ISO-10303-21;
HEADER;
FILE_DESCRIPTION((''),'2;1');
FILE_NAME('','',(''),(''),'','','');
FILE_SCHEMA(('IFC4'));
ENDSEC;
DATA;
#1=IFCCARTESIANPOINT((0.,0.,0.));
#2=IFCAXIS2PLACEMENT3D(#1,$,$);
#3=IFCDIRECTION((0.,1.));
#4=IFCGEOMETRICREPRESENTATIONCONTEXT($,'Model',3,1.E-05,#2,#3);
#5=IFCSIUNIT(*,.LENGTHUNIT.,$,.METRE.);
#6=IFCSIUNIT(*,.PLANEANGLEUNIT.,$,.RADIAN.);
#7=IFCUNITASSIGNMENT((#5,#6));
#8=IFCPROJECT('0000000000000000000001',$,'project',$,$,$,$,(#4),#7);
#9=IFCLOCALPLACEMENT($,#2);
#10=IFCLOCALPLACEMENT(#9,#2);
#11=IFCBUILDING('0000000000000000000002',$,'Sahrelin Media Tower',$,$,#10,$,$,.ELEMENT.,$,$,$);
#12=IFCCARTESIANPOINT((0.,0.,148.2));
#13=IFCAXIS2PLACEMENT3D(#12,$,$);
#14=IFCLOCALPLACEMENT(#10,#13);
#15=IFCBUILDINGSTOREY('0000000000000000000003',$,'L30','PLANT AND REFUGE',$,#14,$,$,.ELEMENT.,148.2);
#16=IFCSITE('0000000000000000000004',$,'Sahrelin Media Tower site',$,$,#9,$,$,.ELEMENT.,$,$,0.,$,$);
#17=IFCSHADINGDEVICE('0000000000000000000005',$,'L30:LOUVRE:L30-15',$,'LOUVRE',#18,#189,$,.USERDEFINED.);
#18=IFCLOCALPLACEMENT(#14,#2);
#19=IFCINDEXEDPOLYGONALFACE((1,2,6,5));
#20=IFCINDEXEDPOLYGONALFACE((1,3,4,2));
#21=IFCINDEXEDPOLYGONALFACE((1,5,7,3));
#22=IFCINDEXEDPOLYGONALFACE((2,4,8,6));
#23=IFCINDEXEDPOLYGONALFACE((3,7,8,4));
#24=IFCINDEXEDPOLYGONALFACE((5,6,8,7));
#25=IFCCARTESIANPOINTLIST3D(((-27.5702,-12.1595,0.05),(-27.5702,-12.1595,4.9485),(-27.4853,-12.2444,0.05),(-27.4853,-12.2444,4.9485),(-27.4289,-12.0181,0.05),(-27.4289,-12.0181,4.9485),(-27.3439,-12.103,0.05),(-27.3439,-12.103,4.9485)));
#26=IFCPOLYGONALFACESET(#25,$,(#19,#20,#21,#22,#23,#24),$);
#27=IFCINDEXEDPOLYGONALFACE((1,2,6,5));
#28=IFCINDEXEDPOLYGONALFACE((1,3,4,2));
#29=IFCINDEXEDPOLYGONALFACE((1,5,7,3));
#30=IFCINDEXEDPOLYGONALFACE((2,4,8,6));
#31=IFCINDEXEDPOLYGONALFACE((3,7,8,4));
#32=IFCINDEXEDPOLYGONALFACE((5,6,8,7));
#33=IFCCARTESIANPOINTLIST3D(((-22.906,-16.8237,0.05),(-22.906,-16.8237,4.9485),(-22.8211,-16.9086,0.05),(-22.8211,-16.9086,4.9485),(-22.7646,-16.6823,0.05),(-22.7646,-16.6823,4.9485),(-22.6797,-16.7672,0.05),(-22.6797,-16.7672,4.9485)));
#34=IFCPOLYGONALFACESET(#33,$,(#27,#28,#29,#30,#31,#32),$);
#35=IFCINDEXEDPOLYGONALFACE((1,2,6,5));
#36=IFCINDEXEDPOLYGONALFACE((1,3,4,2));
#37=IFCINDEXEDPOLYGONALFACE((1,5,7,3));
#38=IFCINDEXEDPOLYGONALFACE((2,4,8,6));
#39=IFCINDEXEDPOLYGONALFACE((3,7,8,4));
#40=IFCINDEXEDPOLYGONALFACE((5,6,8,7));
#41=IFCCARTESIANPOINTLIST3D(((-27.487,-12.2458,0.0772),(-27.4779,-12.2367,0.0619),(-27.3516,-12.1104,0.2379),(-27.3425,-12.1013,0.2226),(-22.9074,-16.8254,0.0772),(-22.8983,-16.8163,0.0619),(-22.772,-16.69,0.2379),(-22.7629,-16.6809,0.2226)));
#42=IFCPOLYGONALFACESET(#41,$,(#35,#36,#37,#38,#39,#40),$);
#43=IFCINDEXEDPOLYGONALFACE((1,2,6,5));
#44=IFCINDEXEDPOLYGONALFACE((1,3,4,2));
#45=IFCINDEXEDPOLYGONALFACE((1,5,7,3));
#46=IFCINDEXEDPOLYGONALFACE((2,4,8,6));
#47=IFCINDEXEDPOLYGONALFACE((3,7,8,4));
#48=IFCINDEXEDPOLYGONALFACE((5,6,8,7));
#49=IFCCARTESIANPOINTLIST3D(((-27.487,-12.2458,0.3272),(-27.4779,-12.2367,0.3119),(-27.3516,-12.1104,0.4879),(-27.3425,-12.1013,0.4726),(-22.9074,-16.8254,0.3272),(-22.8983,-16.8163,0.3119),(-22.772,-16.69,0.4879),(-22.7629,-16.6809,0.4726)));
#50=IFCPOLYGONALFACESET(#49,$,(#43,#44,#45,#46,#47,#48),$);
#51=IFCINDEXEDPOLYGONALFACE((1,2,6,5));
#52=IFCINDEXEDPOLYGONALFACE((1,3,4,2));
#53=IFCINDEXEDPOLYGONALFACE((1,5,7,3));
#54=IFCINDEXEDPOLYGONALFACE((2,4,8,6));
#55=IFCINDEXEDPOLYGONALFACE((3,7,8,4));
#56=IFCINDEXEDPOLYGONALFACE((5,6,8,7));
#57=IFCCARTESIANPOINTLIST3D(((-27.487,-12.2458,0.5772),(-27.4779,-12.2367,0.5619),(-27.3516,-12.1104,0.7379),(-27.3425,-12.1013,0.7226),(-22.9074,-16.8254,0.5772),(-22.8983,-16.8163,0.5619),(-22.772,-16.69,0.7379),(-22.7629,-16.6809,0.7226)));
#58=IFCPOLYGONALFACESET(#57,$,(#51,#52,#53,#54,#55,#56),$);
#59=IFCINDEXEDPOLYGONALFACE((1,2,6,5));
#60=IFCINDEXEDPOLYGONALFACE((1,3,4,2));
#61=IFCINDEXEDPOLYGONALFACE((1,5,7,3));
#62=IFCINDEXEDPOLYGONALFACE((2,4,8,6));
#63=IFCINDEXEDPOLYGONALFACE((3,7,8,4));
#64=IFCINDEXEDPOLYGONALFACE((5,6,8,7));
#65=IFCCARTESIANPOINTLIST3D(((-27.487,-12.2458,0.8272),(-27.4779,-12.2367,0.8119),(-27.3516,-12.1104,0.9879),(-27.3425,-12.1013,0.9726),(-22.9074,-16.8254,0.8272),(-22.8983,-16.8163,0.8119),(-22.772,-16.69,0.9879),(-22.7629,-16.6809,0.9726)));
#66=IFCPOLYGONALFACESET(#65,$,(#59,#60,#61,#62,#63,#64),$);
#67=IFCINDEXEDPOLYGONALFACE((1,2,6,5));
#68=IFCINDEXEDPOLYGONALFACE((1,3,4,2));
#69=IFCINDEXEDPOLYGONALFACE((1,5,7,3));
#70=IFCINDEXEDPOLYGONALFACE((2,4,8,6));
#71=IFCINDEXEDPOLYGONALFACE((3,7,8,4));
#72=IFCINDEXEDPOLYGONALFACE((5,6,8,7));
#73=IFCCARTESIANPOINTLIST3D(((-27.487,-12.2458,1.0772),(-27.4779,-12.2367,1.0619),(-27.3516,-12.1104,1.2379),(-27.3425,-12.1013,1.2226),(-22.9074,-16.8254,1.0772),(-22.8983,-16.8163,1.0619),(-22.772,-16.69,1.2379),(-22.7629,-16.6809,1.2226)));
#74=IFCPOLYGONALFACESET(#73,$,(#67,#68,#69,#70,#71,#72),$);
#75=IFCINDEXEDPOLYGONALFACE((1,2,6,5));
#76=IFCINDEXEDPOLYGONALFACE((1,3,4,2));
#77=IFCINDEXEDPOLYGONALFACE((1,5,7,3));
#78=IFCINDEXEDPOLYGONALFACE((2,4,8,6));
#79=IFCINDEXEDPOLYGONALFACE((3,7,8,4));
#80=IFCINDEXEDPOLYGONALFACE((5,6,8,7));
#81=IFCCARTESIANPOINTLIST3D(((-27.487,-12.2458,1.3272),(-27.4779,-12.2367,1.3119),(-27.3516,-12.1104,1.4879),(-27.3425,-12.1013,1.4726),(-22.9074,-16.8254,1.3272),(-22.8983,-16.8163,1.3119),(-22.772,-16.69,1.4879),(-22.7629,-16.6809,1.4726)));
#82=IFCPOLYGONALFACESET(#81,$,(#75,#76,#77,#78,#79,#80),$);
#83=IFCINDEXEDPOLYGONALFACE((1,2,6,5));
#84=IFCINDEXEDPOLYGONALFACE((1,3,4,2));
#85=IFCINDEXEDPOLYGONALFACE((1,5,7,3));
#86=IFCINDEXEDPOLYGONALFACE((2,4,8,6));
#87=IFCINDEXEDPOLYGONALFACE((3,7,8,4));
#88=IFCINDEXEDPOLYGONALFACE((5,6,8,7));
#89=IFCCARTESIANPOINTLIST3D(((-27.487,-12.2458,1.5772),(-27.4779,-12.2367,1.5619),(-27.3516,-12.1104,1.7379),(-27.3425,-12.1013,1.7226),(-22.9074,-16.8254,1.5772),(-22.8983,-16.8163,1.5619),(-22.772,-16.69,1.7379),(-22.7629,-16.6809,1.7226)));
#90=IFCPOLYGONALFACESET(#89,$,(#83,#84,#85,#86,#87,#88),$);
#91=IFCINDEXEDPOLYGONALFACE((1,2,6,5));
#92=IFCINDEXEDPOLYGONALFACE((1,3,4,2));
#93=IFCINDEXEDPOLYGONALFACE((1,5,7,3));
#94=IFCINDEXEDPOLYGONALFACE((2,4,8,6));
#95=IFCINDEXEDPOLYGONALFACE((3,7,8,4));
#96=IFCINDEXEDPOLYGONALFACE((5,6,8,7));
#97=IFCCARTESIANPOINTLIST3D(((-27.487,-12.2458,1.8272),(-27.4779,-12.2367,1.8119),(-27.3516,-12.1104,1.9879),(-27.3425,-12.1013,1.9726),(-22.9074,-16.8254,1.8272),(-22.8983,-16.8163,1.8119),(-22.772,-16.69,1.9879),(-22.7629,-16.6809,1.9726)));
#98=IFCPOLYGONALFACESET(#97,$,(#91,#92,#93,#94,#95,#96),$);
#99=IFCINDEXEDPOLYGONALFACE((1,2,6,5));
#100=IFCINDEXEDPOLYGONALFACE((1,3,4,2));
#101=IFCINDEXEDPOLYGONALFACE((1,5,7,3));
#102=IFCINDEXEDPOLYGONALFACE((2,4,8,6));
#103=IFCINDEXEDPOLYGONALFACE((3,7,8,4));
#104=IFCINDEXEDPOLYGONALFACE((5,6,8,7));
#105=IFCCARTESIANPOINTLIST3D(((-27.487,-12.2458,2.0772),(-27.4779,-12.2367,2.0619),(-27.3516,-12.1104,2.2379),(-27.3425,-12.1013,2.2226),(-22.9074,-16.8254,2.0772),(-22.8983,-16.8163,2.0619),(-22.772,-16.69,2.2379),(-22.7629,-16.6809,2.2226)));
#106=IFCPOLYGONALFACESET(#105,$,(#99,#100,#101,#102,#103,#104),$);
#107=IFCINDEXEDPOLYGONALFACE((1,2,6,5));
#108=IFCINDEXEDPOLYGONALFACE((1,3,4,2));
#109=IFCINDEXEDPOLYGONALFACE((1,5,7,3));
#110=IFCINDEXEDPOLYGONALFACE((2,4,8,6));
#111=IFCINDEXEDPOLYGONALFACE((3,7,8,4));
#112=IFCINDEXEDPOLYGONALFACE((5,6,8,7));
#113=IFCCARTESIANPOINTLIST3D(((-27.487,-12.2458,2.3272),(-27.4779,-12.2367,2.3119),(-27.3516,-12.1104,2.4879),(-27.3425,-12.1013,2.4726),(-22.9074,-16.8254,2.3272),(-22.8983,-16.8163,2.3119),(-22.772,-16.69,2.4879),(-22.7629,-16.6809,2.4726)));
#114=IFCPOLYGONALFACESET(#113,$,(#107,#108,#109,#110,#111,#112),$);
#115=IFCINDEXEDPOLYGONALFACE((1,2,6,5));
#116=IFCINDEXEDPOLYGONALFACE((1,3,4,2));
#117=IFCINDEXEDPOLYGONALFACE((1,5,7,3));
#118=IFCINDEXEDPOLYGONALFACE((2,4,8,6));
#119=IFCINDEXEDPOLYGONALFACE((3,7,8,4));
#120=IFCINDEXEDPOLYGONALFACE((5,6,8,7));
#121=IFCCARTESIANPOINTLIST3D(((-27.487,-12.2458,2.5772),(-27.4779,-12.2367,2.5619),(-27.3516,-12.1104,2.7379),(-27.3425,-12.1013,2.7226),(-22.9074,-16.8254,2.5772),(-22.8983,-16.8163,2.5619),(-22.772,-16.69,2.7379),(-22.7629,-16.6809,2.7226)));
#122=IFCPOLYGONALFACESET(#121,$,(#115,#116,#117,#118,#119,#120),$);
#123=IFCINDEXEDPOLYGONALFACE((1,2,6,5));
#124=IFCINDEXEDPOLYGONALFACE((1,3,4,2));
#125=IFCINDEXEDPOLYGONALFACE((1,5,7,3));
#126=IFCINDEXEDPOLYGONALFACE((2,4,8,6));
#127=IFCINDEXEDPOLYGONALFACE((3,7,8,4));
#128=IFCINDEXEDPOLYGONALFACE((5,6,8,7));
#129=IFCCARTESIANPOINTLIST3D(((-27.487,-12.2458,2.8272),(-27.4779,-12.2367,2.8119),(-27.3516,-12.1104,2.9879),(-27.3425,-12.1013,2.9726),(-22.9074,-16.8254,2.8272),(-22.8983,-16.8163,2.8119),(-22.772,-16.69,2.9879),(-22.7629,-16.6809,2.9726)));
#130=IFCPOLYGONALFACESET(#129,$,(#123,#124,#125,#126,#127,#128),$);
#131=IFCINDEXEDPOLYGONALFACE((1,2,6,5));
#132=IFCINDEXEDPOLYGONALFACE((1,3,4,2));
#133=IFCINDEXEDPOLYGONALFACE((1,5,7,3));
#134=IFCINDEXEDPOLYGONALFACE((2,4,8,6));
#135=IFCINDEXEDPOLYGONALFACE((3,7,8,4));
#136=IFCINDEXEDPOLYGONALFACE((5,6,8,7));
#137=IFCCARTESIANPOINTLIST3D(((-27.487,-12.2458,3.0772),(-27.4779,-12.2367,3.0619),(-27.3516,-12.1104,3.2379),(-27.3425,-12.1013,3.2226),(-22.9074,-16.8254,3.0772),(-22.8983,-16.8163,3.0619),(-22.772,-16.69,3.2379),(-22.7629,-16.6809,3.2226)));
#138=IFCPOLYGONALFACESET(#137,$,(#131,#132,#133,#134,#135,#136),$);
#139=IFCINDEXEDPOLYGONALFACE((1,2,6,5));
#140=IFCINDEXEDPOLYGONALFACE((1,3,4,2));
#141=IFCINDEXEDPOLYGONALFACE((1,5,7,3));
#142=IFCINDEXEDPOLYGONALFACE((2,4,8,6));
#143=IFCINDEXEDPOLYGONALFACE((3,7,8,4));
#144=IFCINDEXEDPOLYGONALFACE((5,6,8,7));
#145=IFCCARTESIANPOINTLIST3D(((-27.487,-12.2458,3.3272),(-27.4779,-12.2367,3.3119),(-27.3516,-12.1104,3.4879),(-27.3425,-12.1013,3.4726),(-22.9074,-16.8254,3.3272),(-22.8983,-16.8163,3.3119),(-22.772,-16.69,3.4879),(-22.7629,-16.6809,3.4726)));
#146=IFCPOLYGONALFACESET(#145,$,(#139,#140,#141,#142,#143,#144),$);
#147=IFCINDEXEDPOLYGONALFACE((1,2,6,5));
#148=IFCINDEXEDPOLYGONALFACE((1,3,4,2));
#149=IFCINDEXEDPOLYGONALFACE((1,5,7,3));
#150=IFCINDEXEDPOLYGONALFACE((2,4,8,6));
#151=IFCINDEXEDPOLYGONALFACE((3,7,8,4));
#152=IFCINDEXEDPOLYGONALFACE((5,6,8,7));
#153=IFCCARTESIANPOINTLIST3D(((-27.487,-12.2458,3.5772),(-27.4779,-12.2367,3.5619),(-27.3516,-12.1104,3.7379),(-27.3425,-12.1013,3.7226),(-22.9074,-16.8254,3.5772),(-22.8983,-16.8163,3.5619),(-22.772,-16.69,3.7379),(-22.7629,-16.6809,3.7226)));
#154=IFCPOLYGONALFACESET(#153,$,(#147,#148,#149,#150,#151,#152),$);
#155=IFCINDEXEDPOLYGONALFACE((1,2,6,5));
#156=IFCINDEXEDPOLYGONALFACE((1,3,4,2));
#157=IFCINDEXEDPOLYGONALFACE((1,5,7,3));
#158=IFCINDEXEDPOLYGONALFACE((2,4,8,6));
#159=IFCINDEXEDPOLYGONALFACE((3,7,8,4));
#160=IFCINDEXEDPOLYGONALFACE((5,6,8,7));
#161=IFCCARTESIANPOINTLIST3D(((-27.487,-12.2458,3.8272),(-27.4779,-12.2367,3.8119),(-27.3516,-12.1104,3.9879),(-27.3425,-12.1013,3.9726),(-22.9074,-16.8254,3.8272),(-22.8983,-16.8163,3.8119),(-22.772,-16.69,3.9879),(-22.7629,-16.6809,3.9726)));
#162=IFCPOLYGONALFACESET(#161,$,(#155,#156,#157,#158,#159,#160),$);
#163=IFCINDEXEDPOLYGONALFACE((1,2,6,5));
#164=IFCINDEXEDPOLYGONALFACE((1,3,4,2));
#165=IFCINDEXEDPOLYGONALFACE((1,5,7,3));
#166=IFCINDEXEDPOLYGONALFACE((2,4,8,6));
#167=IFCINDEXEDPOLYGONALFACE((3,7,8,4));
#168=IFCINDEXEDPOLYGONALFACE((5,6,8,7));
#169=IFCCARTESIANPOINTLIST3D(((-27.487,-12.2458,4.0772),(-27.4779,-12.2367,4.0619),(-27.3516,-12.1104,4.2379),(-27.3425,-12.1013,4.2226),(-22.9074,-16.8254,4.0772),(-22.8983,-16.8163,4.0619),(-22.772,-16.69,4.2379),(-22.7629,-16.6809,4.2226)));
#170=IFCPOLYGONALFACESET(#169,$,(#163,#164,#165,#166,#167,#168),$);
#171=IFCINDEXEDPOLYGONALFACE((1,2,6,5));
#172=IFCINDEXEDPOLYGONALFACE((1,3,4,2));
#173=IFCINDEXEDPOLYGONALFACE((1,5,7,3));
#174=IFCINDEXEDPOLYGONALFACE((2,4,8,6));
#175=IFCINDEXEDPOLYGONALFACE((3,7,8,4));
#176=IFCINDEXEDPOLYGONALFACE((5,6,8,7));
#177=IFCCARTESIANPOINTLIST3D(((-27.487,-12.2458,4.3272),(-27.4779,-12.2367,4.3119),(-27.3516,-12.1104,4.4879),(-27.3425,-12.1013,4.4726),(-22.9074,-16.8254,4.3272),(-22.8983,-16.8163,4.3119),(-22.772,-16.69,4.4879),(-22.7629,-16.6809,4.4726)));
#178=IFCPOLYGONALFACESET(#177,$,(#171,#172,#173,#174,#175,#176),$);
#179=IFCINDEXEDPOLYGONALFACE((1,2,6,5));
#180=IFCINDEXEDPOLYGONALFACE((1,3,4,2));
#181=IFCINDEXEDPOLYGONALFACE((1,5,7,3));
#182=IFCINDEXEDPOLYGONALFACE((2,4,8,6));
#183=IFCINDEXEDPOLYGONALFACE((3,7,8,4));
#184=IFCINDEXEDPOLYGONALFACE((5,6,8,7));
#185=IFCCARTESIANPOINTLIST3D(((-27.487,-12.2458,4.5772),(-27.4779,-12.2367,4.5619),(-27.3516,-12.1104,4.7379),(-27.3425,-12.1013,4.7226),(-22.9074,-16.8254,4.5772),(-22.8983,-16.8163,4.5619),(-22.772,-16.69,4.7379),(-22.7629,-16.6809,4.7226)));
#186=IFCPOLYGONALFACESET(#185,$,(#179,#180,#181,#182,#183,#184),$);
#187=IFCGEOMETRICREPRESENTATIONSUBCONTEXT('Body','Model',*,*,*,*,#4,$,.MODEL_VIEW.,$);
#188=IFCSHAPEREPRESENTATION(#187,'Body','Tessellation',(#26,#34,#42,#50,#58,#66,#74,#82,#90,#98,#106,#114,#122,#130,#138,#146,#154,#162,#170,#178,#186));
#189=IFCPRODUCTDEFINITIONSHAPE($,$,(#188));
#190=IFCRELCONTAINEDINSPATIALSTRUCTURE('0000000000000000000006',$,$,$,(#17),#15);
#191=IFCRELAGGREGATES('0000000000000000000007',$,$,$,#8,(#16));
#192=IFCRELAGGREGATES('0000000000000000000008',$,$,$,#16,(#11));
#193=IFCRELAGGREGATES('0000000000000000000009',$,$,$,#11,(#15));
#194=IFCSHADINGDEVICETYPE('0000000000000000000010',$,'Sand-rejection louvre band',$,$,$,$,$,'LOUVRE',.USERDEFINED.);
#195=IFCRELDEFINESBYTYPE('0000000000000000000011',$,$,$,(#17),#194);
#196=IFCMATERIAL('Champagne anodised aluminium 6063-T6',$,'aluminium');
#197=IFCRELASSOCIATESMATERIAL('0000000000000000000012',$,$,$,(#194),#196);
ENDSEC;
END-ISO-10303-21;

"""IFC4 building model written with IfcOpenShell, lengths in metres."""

from ifc_helpers import new_model, si_unit, direction, frame, origin, origin_2d, place, context, subcontext, project, spatial, rectangle, extrude, material, type_object, element, save


model = new_model("IFC4")

# Units and contexts
model_context = context("Model", 3, precision=1e-05, world=origin(), true_north=direction((0.0, 1.0)))
body_context = subcontext(model_context, "Body", "Model", "MODEL_VIEW")
ifc_project = project(units=[si_unit("LENGTHUNIT", "METRE"), si_unit("PLANEANGLEUNIT", "RADIAN")], contexts=[model_context])

# Site, building, storey
site_placement = place(None, origin())
site = spatial("IfcSite", under=ifc_project, at=site_placement, Name="Sahrelin Media Tower site", CompositionType="ELEMENT", RefElevation=0.0)
building_placement = place(site_placement, origin())
building = spatial("IfcBuilding", under=site, at=building_placement, Name="Sahrelin Media Tower", CompositionType="ELEMENT")
storey_placement = place(building_placement, frame((0.0, 0.0, 148.2)))
storey = spatial("IfcBuildingStorey", under=building, at=storey_placement, Name="L30", Description="PLANT AND REFUGE", CompositionType="ELEMENT", Elevation=148.2)

# Shading device
ifc_material_1 = material(Name="Champagne anodised aluminium 6063-T6", Category="aluminium")
shading_device_type = type_object("IfcShadingDeviceType", Name="Sand-rejection louvre band", ElementType="LOUVRE", PredefinedType="USERDEFINED", material=ifc_material_1)
shading_device_1_placement = place(storey_placement, frame((-25.0542, -14.3926, 0.0), z_axis=(0.0, 0.0, 1.0), x_axis=(-0.707107, 0.707107, 0.0)))
element("IfcShadingDevice", 1, at=shading_device_1_placement, inside=storey, type_object=shading_device_type, Name="L30:LOUVRE:L30-15", ObjectType="LOUVRE", PredefinedType="USERDEFINED", context=body_context, shape_type="SweptSolid", body=[
    extrude(rectangle(XDim=0.1201, YDim=0.2, at=origin_2d()), frame((3.2981, 0.1001, 0.05), z_axis=(0.0, 0.0, 1.0), x_axis=(1.0, 0.0, 0.0)), (0.0, 0.0, 1.0), 4.8984),
    extrude(rectangle(XDim=0.1201, YDim=0.2, at=origin_2d()), frame((-3.2981, 0.1001, 0.05), z_axis=(0.0, 0.0, 1.0), x_axis=(1.0, 0.0, 0.0)), (0.0, 0.0, 1.0), 4.8984),
    extrude(rectangle(XDim=0.25, YDim=0.02, at=origin_2d()), frame((3.2383, 0.1001, 0.1499), z_axis=(-1.0, 0.0, 0.0), x_axis=(0.0, -0.766044, 0.642788)), (0.0, 0.0, 1.0), 6.4766),
    extrude(rectangle(XDim=0.25, YDim=0.02, at=origin_2d()), frame((3.2383, 0.1001, 0.3999), z_axis=(-1.0, 0.0, 0.0), x_axis=(0.0, -0.766044, 0.642788)), (0.0, 0.0, 1.0), 6.4766),
    extrude(rectangle(XDim=0.25, YDim=0.02, at=origin_2d()), frame((3.2383, 0.1001, 0.6499), z_axis=(-1.0, 0.0, 0.0), x_axis=(0.0, -0.766044, 0.642788)), (0.0, 0.0, 1.0), 6.4766),
    extrude(rectangle(XDim=0.25, YDim=0.02, at=origin_2d()), frame((3.2383, 0.1001, 0.8999), z_axis=(-1.0, 0.0, 0.0), x_axis=(0.0, -0.766044, 0.642788)), (0.0, 0.0, 1.0), 6.4766),
    extrude(rectangle(XDim=0.25, YDim=0.02, at=origin_2d()), frame((3.2383, 0.1001, 1.1499), z_axis=(-1.0, 0.0, 0.0), x_axis=(0.0, -0.766044, 0.642788)), (0.0, 0.0, 1.0), 6.4766),
    extrude(rectangle(XDim=0.25, YDim=0.02, at=origin_2d()), frame((3.2383, 0.1001, 1.3999), z_axis=(-1.0, 0.0, 0.0), x_axis=(0.0, -0.766044, 0.642788)), (0.0, 0.0, 1.0), 6.4766),
    extrude(rectangle(XDim=0.25, YDim=0.02, at=origin_2d()), frame((3.2383, 0.1001, 1.6499), z_axis=(-1.0, 0.0, 0.0), x_axis=(0.0, -0.766044, 0.642788)), (0.0, 0.0, 1.0), 6.4766),
    extrude(rectangle(XDim=0.25, YDim=0.02, at=origin_2d()), frame((3.2383, 0.1001, 1.8999), z_axis=(-1.0, 0.0, 0.0), x_axis=(0.0, -0.766044, 0.642788)), (0.0, 0.0, 1.0), 6.4766),
    extrude(rectangle(XDim=0.25, YDim=0.02, at=origin_2d()), frame((3.2383, 0.1001, 2.1499), z_axis=(-1.0, 0.0, 0.0), x_axis=(0.0, -0.766044, 0.642788)), (0.0, 0.0, 1.0), 6.4766),
    extrude(rectangle(XDim=0.25, YDim=0.02, at=origin_2d()), frame((3.2383, 0.1001, 2.3999), z_axis=(-1.0, 0.0, 0.0), x_axis=(0.0, -0.766044, 0.642788)), (0.0, 0.0, 1.0), 6.4766),
    extrude(rectangle(XDim=0.25, YDim=0.02, at=origin_2d()), frame((3.2383, 0.1001, 2.6499), z_axis=(-1.0, 0.0, 0.0), x_axis=(0.0, -0.766044, 0.642788)), (0.0, 0.0, 1.0), 6.4766),
    extrude(rectangle(XDim=0.25, YDim=0.02, at=origin_2d()), frame((3.2383, 0.1001, 2.8999), z_axis=(-1.0, 0.0, 0.0), x_axis=(0.0, -0.766044, 0.642788)), (0.0, 0.0, 1.0), 6.4766),
    extrude(rectangle(XDim=0.25, YDim=0.02, at=origin_2d()), frame((3.2383, 0.1001, 3.1499), z_axis=(-1.0, 0.0, 0.0), x_axis=(0.0, -0.766044, 0.642788)), (0.0, 0.0, 1.0), 6.4766),
    extrude(rectangle(XDim=0.25, YDim=0.02, at=origin_2d()), frame((3.2383, 0.1001, 3.3999), z_axis=(-1.0, 0.0, 0.0), x_axis=(0.0, -0.766044, 0.642788)), (0.0, 0.0, 1.0), 6.4766),
    extrude(rectangle(XDim=0.25, YDim=0.02, at=origin_2d()), frame((3.2383, 0.1001, 3.6499), z_axis=(-1.0, 0.0, 0.0), x_axis=(0.0, -0.766044, 0.642788)), (0.0, 0.0, 1.0), 6.4766),
    extrude(rectangle(XDim=0.25, YDim=0.02, at=origin_2d()), frame((3.2383, 0.1001, 3.8999), z_axis=(-1.0, 0.0, 0.0), x_axis=(0.0, -0.766044, 0.642788)), (0.0, 0.0, 1.0), 6.4766),
    extrude(rectangle(XDim=0.25, YDim=0.02, at=origin_2d()), frame((3.2383, 0.1001, 4.1499), z_axis=(-1.0, 0.0, 0.0), x_axis=(0.0, -0.766044, 0.642788)), (0.0, 0.0, 1.0), 6.4766),
    extrude(rectangle(XDim=0.25, YDim=0.02, at=origin_2d()), frame((3.2383, 0.1001, 4.3999), z_axis=(-1.0, 0.0, 0.0), x_axis=(0.0, -0.766044, 0.642788)), (0.0, 0.0, 1.0), 6.4766),
    extrude(rectangle(XDim=0.25, YDim=0.02, at=origin_2d()), frame((3.2383, 0.1001, 4.6499), z_axis=(-1.0, 0.0, 0.0), x_axis=(0.0, -0.766044, 0.642788)), (0.0, 0.0, 1.0), 6.4766),
])

save(model, "model.ifc")
